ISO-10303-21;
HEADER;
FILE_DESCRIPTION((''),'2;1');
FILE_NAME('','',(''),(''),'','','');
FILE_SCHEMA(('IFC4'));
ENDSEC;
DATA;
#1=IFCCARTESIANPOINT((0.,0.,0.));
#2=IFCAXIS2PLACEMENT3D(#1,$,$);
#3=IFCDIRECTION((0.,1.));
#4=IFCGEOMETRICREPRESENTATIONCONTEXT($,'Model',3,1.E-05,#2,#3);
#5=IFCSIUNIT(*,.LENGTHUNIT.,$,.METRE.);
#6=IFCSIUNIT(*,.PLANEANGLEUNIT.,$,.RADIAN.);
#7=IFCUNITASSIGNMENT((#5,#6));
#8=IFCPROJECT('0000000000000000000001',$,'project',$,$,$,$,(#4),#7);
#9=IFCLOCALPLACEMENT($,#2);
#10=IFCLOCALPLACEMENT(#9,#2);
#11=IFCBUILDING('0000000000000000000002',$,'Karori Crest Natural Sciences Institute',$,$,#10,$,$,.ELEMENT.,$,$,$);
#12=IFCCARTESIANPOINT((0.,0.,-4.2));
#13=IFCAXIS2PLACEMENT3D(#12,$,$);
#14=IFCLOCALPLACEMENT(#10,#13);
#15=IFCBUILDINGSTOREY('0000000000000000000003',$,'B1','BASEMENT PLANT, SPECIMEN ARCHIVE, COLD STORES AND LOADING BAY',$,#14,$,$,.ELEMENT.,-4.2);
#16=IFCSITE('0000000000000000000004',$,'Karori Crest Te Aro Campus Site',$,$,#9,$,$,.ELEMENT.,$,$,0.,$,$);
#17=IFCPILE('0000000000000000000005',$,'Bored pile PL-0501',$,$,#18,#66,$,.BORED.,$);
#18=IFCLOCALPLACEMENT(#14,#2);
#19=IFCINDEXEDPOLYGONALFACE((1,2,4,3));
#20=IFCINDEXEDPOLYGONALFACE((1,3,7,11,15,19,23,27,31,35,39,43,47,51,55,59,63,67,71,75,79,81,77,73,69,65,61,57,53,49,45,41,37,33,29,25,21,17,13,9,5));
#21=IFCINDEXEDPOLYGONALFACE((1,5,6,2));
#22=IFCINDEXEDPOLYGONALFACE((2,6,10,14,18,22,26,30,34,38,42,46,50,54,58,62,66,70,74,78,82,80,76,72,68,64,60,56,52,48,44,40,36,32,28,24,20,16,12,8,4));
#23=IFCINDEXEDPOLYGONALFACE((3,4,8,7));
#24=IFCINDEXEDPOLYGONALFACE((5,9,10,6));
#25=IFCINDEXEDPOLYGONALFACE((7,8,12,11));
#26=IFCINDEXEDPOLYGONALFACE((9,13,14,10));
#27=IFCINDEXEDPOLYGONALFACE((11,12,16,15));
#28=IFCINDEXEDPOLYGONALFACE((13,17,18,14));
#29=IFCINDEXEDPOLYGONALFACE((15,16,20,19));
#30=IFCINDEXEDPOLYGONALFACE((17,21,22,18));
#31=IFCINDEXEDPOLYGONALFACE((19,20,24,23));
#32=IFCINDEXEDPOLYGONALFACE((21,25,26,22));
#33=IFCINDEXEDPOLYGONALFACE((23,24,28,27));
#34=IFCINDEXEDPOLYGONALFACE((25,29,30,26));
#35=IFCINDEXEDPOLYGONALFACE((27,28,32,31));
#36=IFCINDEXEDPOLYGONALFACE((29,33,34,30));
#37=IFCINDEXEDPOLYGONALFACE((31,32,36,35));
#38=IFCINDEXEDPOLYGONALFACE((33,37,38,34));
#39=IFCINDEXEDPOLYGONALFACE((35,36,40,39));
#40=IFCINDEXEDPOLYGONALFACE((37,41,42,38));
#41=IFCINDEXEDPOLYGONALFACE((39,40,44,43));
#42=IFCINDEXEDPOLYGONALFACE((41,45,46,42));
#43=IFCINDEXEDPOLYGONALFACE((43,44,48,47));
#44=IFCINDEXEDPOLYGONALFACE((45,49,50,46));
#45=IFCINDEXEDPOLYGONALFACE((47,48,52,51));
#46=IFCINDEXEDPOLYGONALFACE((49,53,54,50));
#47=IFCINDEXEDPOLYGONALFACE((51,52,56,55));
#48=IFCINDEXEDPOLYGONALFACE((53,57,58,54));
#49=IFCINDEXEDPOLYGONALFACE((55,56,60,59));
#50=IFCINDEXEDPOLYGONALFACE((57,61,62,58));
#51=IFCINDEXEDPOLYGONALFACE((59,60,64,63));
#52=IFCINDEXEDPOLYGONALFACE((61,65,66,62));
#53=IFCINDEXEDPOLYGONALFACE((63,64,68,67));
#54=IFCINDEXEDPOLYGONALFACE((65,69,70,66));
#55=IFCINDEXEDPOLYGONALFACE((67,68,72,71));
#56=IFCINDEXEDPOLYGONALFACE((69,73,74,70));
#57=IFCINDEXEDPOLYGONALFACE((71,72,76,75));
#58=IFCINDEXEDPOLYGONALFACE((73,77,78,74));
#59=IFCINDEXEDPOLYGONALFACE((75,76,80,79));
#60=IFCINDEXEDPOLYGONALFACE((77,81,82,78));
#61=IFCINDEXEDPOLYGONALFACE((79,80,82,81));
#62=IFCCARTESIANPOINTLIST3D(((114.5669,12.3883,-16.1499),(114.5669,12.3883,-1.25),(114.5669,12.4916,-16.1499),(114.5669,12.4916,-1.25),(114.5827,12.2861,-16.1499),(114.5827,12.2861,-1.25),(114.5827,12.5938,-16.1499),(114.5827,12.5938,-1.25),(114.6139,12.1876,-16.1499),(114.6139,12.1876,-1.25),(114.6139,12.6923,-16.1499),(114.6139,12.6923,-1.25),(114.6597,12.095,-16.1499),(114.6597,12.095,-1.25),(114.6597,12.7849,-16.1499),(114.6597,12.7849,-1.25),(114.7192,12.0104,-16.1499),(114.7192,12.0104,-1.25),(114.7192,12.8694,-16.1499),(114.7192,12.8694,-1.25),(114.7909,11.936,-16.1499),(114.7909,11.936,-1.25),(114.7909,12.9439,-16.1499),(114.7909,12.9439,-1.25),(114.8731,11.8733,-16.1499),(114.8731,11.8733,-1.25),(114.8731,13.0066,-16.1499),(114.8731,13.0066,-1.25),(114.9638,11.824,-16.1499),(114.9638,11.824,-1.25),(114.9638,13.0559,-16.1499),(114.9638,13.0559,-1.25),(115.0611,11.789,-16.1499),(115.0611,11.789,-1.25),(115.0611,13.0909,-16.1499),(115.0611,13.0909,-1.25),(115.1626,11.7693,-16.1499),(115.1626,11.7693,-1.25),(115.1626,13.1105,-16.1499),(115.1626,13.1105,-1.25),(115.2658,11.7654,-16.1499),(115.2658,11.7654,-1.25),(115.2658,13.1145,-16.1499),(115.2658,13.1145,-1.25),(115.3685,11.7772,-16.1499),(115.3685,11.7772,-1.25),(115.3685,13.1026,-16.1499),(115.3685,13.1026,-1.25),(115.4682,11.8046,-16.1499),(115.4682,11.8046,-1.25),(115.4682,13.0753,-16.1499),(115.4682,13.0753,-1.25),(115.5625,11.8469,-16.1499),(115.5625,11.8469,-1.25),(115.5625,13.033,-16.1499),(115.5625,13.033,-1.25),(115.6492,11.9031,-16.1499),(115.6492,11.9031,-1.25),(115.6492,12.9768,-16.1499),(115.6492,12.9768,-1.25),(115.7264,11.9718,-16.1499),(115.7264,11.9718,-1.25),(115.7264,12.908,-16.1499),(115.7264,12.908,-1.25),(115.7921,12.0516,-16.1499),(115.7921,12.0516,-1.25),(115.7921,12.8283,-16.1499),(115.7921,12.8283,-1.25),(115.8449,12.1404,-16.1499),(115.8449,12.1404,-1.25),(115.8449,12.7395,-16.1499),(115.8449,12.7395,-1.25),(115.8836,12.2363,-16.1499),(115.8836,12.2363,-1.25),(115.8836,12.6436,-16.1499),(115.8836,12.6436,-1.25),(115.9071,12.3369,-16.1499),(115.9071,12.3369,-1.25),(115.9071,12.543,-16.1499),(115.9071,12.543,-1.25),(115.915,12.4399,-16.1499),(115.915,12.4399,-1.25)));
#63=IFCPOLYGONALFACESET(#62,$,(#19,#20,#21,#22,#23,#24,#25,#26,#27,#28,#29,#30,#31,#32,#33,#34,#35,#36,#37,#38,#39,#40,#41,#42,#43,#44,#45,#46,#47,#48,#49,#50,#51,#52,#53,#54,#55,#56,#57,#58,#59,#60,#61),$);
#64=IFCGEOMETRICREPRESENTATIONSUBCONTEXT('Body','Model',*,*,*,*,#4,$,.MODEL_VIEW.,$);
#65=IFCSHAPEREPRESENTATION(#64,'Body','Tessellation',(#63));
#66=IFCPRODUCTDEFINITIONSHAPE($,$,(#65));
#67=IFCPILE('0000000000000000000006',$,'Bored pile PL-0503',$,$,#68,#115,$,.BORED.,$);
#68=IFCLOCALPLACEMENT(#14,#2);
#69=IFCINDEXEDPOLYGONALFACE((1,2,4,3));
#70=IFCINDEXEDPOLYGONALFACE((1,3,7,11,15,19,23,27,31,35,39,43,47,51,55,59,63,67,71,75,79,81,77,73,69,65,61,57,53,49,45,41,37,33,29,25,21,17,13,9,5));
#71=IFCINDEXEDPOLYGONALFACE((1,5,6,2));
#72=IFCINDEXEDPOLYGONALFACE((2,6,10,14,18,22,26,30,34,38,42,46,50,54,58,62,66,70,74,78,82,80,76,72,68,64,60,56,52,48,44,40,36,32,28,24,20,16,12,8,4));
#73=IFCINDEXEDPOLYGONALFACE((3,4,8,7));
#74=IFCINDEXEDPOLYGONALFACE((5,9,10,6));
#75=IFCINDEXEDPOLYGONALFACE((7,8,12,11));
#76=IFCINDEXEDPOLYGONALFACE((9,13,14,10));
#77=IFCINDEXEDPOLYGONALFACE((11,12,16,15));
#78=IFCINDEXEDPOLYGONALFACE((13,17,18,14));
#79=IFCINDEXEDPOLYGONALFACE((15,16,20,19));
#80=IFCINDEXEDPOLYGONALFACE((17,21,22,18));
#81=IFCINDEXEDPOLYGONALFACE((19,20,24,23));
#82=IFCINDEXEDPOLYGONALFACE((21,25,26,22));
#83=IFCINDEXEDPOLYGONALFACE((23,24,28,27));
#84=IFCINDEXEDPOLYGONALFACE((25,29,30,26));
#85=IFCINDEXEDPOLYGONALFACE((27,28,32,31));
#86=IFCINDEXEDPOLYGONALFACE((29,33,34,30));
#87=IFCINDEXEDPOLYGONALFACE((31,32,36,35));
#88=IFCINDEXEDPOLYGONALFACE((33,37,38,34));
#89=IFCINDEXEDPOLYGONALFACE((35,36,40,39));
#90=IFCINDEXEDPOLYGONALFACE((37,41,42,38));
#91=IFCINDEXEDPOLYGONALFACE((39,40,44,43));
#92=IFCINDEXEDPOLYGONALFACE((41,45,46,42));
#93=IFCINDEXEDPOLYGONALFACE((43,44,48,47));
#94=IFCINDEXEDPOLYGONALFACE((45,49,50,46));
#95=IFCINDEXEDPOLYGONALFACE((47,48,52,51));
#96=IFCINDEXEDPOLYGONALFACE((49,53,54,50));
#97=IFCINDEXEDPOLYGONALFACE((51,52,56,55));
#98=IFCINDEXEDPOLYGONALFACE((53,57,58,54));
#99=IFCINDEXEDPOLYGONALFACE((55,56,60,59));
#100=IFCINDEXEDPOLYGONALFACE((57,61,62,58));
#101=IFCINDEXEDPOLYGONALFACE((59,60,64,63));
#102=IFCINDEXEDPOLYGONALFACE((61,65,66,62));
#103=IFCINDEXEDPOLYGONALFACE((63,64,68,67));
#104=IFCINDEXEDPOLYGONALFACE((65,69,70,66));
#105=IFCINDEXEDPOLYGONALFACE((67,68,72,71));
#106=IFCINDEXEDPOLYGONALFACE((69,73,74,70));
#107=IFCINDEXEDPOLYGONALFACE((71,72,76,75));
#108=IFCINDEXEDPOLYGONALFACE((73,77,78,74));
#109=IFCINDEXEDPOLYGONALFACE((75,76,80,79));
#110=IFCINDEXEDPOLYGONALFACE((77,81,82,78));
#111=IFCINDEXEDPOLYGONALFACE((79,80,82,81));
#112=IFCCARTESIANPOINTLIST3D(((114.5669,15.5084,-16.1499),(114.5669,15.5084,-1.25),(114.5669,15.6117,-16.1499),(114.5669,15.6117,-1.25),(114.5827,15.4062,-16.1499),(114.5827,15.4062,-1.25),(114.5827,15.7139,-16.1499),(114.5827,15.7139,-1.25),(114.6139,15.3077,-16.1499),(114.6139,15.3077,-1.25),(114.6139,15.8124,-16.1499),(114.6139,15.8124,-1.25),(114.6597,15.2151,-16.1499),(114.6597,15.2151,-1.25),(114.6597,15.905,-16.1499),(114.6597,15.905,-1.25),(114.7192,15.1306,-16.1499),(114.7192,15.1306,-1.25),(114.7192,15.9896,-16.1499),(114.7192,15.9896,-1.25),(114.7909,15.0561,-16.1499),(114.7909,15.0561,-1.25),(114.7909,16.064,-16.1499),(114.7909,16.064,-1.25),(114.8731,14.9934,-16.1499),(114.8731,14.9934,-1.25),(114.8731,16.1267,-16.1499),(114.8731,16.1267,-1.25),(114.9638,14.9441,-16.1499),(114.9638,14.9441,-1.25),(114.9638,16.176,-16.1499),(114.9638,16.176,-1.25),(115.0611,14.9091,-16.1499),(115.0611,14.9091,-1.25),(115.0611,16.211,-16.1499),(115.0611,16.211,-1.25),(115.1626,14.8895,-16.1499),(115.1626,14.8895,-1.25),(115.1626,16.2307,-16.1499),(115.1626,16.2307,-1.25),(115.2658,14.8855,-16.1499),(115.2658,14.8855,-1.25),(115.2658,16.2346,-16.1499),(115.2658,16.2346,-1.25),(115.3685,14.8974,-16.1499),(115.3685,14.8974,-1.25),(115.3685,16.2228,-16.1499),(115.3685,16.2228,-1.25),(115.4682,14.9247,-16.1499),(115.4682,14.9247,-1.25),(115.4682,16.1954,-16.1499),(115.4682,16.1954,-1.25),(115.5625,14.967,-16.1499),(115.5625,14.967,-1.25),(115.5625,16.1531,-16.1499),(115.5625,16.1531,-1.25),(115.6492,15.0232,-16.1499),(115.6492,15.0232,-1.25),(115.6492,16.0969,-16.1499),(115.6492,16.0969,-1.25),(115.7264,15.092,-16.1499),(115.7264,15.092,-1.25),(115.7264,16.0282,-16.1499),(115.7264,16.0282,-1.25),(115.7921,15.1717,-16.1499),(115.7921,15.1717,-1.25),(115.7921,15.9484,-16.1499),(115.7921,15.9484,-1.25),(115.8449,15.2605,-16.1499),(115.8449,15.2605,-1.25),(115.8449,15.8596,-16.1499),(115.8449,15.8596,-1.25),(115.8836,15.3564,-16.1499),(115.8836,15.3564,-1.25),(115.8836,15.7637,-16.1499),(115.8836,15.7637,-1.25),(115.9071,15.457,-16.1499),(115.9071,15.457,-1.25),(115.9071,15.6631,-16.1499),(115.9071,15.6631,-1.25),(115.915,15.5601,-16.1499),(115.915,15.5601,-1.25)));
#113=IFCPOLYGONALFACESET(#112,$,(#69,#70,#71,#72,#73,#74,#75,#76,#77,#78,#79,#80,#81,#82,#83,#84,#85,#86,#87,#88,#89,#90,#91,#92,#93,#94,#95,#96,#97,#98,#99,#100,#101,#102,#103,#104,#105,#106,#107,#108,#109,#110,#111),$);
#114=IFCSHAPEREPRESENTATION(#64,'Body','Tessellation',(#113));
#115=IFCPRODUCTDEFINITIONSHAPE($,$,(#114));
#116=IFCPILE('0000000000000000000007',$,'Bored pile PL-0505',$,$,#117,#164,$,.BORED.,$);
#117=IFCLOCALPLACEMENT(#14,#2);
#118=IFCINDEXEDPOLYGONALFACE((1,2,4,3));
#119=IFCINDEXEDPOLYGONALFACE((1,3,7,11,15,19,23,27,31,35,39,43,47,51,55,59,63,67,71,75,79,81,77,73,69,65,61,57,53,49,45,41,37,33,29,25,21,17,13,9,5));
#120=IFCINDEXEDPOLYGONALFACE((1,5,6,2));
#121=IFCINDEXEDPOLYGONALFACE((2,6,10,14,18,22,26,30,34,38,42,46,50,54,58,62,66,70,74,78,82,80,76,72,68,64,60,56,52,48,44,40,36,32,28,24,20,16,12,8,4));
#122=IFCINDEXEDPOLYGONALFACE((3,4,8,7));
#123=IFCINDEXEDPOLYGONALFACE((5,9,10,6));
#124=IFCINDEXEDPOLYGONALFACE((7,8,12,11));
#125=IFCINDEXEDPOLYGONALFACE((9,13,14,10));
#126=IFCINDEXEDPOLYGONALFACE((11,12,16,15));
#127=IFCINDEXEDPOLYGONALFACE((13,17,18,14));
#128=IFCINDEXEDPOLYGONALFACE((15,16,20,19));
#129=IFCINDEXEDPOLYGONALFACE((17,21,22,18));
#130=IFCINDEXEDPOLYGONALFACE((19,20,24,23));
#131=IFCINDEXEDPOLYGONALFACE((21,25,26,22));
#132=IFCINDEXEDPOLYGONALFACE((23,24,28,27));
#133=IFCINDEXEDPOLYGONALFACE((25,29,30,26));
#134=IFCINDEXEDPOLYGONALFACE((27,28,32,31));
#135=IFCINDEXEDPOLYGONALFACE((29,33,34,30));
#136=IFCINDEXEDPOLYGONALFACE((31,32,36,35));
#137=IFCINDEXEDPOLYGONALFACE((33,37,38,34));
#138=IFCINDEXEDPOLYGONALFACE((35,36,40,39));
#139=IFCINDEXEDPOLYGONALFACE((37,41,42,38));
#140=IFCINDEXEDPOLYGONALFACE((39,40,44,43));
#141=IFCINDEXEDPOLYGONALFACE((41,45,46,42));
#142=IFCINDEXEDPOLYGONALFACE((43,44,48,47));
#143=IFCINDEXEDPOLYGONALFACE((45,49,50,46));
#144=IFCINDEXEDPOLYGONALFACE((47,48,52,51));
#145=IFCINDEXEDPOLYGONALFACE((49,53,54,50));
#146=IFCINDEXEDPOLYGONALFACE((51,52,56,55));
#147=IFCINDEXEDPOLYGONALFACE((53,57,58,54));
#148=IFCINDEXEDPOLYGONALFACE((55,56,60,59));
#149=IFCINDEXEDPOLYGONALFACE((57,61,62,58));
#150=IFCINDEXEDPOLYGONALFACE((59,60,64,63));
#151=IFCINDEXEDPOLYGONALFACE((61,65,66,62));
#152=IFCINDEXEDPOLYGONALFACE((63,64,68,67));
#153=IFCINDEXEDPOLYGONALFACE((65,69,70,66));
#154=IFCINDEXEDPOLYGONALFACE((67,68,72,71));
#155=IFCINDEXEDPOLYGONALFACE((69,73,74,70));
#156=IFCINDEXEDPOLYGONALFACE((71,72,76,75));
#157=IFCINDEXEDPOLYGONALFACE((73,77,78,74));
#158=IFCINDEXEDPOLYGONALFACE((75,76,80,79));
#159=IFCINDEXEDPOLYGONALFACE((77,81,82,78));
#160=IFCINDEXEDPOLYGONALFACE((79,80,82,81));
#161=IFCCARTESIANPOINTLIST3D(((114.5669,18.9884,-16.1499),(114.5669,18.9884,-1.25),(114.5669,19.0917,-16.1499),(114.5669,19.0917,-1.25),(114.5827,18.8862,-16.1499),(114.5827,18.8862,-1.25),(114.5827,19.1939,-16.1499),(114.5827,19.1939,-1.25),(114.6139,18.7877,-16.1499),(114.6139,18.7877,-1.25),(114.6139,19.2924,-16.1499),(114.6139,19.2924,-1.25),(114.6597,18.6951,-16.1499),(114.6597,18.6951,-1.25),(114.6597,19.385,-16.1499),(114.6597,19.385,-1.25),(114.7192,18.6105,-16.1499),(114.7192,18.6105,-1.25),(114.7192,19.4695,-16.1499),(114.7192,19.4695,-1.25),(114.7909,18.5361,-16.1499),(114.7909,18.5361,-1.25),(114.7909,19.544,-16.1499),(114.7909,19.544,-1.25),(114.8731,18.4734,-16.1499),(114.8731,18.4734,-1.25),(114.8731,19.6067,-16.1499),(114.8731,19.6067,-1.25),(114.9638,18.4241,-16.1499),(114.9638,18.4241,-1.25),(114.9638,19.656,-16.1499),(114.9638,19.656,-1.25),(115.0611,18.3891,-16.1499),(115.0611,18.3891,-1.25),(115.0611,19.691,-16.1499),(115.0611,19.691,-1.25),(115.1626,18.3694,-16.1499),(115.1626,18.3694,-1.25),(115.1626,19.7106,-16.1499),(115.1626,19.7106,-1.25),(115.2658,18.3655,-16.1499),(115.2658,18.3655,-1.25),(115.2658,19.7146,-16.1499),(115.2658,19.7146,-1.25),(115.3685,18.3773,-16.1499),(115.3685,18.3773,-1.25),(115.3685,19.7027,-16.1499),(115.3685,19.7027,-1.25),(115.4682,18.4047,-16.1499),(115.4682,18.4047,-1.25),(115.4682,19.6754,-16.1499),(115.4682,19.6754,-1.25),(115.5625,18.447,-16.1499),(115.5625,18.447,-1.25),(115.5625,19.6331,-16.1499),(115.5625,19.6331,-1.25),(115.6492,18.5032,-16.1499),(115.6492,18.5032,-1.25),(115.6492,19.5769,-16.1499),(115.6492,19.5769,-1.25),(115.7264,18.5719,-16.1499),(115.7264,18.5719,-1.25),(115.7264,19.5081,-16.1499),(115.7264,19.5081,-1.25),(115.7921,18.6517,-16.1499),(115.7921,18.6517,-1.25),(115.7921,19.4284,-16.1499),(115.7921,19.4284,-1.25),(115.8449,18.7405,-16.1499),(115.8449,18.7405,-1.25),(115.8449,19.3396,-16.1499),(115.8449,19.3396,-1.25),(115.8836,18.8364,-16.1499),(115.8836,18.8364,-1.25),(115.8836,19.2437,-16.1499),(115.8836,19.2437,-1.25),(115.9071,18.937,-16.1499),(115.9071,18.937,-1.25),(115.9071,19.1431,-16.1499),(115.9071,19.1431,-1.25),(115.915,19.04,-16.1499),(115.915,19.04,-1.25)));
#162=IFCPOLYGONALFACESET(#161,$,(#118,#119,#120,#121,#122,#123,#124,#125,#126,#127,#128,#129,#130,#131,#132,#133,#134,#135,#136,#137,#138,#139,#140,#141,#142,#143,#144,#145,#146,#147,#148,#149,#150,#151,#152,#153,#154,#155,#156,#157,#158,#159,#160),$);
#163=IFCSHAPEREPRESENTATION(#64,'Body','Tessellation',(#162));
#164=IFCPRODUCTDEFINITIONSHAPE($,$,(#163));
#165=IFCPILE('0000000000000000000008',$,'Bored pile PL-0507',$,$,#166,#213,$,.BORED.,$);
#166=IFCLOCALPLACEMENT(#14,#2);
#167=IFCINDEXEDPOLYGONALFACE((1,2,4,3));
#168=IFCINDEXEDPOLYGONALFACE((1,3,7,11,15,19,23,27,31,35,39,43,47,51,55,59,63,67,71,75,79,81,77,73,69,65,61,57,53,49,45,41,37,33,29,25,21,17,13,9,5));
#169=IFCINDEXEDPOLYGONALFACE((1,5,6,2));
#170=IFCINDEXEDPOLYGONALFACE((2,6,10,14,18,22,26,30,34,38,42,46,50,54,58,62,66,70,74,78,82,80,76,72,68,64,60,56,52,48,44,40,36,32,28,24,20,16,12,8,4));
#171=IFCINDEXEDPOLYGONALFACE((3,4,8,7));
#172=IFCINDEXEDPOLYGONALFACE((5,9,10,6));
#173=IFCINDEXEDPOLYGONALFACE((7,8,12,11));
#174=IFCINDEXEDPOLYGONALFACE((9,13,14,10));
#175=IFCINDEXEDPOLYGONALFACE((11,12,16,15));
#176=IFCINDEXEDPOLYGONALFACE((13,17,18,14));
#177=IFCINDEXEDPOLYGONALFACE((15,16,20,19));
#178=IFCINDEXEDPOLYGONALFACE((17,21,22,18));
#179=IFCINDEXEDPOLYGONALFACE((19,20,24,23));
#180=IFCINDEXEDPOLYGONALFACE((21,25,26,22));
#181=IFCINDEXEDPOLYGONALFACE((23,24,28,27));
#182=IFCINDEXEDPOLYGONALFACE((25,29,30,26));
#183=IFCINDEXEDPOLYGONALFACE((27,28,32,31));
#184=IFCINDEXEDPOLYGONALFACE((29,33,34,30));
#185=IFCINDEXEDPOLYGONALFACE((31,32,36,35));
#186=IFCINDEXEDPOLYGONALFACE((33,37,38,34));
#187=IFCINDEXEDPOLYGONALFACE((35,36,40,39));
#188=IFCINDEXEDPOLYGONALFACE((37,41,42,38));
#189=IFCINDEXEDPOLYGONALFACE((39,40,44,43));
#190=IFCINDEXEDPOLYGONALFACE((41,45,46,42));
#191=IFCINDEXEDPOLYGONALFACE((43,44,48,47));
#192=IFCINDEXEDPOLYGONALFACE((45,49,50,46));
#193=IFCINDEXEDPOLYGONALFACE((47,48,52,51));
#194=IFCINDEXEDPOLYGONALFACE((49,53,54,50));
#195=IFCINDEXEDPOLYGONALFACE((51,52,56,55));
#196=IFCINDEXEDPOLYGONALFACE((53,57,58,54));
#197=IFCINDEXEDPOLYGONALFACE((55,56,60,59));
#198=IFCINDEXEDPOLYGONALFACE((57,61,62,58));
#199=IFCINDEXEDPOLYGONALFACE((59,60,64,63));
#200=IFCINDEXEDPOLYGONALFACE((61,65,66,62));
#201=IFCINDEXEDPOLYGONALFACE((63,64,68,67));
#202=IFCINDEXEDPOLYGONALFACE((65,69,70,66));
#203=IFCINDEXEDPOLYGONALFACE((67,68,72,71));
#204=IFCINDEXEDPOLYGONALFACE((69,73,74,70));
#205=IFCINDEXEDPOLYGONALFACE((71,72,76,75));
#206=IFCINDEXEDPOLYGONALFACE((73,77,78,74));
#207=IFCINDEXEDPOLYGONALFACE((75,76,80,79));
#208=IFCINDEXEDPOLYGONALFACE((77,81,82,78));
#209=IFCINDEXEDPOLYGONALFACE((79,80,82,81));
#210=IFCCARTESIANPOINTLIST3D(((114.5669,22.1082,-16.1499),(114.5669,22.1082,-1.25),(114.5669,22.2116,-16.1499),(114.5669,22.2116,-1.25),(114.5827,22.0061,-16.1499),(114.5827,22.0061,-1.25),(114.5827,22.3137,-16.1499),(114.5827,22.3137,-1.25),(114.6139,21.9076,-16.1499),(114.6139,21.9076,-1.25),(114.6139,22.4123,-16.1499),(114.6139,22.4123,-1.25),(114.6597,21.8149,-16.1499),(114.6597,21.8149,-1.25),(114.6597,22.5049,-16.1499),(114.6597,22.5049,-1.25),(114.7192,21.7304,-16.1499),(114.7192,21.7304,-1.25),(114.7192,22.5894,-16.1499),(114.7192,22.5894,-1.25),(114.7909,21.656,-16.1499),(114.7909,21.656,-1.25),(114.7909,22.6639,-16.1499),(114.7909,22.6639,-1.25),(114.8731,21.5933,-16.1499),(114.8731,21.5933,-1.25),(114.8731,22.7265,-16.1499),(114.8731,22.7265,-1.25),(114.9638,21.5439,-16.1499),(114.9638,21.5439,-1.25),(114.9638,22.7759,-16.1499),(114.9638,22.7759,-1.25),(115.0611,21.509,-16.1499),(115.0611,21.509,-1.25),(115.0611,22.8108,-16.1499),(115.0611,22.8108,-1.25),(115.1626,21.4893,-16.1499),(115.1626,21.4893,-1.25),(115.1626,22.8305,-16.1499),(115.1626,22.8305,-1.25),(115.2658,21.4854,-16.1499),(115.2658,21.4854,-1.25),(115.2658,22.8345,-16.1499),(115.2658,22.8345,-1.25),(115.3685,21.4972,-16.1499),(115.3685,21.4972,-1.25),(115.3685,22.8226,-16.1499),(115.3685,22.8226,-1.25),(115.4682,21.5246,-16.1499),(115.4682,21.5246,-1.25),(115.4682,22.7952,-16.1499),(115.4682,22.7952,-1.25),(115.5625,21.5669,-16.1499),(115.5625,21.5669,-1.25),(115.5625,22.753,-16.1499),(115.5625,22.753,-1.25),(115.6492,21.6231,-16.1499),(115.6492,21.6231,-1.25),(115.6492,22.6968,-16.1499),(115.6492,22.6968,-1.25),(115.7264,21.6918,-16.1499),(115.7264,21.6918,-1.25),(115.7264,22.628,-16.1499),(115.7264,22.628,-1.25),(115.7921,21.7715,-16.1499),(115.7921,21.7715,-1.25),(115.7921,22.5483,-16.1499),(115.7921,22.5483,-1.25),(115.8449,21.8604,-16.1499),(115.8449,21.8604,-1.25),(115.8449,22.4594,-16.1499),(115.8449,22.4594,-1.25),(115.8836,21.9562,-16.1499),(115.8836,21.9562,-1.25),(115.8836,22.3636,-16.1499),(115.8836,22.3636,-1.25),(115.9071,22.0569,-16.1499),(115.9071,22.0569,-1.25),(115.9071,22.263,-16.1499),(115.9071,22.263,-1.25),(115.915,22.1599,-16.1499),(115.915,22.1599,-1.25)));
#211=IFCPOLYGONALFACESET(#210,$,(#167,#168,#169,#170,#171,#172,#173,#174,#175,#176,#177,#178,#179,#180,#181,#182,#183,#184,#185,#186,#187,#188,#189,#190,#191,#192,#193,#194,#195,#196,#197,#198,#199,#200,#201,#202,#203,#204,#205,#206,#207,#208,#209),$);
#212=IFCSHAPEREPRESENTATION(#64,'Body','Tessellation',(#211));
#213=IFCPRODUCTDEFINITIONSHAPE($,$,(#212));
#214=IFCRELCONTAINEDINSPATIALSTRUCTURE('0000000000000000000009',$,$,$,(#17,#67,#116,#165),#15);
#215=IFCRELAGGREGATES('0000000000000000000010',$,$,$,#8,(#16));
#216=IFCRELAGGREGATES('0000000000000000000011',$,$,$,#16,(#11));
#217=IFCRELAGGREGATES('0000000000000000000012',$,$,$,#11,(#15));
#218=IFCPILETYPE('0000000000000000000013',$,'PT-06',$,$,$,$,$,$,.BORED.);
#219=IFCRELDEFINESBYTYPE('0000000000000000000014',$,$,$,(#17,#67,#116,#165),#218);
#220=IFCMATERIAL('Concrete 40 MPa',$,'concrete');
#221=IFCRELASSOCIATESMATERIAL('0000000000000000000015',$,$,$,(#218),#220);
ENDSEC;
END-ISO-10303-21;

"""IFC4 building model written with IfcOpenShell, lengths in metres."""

from ifc_helpers import new_model, si_unit, direction, frame, origin, origin_2d, place, context, subcontext, project, spatial, circle, extrude, material, material_profile, profile_set, type_object, element, save


model = new_model("IFC4")

# Units and contexts
model_context = context("Model", 3, precision=1e-05, world=origin(), true_north=direction((0.0, 1.0)))
body_context = subcontext(model_context, "Body", "Model", "MODEL_VIEW")
ifc_project = project(units=[si_unit("LENGTHUNIT", "METRE"), si_unit("PLANEANGLEUNIT", "RADIAN")], contexts=[model_context])

# Site, building, storey
site_placement = place(None, origin())
site = spatial("IfcSite", under=ifc_project, at=site_placement, Name="Karori Crest Te Aro Campus Site", CompositionType="ELEMENT", RefElevation=0.0)
building_placement = place(site_placement, origin())
building = spatial("IfcBuilding", under=site, at=building_placement, Name="Karori Crest Natural Sciences Institute", CompositionType="ELEMENT")
storey_placement = place(building_placement, frame((0.0, 0.0, -4.2)))
storey = spatial("IfcBuildingStorey", under=building, at=storey_placement, Name="B1", Description="BASEMENT PLANT, SPECIMEN ARCHIVE, COLD STORES AND LOADING BAY", CompositionType="ELEMENT", Elevation=-4.2)

# Shared definitions
ifc_material_1 = material(Name="Concrete 40 MPa", Category="concrete")

# Piles
ifc_material_profile_1 = material_profile(ifc_material_1, circle(Radius=0.675, at=origin_2d()), Name="PILE1350")
ifc_profile_set_1 = profile_set([ifc_material_profile_1], Name="Concrete 40 MPa")
pile_type_1 = type_object("IfcPileType", Name="PT-06", PredefinedType="BORED", material=ifc_profile_set_1)
for number, where, z_axis, x_axis, name in (
    (1, (115.24, 12.4399, -1.25), (0.0, 0.0, -1.0), (1.0, 0.0, 0.0), "Bored pile PL-0501"),
    (2, (115.24, 15.5601, -1.25), (0.0, 0.0, -1.0), (1.0, 0.0, 0.0), "Bored pile PL-0503"),
    (3, (115.24, 19.04, -1.25), (0.0, 0.0, -1.0), (1.0, 0.0, 0.0), "Bored pile PL-0505"),
    (4, (115.24, 22.1599, -1.25), (0.0, 0.0, -1.0), (1.0, 0.0, 0.0), "Bored pile PL-0507"),
):
    element("IfcPile", number, at=place(storey_placement, frame(where, z_axis=z_axis, x_axis=x_axis)), inside=storey, type_object=pile_type_1, Name=name, PredefinedType="BORED", context=body_context, shape_type="SweptSolid", body=[
        extrude(circle(Radius=0.675, at=origin_2d()), origin(), (0.0, 0.0, 1.0), 14.8999),
    ])

save(model, "model.ifc")
